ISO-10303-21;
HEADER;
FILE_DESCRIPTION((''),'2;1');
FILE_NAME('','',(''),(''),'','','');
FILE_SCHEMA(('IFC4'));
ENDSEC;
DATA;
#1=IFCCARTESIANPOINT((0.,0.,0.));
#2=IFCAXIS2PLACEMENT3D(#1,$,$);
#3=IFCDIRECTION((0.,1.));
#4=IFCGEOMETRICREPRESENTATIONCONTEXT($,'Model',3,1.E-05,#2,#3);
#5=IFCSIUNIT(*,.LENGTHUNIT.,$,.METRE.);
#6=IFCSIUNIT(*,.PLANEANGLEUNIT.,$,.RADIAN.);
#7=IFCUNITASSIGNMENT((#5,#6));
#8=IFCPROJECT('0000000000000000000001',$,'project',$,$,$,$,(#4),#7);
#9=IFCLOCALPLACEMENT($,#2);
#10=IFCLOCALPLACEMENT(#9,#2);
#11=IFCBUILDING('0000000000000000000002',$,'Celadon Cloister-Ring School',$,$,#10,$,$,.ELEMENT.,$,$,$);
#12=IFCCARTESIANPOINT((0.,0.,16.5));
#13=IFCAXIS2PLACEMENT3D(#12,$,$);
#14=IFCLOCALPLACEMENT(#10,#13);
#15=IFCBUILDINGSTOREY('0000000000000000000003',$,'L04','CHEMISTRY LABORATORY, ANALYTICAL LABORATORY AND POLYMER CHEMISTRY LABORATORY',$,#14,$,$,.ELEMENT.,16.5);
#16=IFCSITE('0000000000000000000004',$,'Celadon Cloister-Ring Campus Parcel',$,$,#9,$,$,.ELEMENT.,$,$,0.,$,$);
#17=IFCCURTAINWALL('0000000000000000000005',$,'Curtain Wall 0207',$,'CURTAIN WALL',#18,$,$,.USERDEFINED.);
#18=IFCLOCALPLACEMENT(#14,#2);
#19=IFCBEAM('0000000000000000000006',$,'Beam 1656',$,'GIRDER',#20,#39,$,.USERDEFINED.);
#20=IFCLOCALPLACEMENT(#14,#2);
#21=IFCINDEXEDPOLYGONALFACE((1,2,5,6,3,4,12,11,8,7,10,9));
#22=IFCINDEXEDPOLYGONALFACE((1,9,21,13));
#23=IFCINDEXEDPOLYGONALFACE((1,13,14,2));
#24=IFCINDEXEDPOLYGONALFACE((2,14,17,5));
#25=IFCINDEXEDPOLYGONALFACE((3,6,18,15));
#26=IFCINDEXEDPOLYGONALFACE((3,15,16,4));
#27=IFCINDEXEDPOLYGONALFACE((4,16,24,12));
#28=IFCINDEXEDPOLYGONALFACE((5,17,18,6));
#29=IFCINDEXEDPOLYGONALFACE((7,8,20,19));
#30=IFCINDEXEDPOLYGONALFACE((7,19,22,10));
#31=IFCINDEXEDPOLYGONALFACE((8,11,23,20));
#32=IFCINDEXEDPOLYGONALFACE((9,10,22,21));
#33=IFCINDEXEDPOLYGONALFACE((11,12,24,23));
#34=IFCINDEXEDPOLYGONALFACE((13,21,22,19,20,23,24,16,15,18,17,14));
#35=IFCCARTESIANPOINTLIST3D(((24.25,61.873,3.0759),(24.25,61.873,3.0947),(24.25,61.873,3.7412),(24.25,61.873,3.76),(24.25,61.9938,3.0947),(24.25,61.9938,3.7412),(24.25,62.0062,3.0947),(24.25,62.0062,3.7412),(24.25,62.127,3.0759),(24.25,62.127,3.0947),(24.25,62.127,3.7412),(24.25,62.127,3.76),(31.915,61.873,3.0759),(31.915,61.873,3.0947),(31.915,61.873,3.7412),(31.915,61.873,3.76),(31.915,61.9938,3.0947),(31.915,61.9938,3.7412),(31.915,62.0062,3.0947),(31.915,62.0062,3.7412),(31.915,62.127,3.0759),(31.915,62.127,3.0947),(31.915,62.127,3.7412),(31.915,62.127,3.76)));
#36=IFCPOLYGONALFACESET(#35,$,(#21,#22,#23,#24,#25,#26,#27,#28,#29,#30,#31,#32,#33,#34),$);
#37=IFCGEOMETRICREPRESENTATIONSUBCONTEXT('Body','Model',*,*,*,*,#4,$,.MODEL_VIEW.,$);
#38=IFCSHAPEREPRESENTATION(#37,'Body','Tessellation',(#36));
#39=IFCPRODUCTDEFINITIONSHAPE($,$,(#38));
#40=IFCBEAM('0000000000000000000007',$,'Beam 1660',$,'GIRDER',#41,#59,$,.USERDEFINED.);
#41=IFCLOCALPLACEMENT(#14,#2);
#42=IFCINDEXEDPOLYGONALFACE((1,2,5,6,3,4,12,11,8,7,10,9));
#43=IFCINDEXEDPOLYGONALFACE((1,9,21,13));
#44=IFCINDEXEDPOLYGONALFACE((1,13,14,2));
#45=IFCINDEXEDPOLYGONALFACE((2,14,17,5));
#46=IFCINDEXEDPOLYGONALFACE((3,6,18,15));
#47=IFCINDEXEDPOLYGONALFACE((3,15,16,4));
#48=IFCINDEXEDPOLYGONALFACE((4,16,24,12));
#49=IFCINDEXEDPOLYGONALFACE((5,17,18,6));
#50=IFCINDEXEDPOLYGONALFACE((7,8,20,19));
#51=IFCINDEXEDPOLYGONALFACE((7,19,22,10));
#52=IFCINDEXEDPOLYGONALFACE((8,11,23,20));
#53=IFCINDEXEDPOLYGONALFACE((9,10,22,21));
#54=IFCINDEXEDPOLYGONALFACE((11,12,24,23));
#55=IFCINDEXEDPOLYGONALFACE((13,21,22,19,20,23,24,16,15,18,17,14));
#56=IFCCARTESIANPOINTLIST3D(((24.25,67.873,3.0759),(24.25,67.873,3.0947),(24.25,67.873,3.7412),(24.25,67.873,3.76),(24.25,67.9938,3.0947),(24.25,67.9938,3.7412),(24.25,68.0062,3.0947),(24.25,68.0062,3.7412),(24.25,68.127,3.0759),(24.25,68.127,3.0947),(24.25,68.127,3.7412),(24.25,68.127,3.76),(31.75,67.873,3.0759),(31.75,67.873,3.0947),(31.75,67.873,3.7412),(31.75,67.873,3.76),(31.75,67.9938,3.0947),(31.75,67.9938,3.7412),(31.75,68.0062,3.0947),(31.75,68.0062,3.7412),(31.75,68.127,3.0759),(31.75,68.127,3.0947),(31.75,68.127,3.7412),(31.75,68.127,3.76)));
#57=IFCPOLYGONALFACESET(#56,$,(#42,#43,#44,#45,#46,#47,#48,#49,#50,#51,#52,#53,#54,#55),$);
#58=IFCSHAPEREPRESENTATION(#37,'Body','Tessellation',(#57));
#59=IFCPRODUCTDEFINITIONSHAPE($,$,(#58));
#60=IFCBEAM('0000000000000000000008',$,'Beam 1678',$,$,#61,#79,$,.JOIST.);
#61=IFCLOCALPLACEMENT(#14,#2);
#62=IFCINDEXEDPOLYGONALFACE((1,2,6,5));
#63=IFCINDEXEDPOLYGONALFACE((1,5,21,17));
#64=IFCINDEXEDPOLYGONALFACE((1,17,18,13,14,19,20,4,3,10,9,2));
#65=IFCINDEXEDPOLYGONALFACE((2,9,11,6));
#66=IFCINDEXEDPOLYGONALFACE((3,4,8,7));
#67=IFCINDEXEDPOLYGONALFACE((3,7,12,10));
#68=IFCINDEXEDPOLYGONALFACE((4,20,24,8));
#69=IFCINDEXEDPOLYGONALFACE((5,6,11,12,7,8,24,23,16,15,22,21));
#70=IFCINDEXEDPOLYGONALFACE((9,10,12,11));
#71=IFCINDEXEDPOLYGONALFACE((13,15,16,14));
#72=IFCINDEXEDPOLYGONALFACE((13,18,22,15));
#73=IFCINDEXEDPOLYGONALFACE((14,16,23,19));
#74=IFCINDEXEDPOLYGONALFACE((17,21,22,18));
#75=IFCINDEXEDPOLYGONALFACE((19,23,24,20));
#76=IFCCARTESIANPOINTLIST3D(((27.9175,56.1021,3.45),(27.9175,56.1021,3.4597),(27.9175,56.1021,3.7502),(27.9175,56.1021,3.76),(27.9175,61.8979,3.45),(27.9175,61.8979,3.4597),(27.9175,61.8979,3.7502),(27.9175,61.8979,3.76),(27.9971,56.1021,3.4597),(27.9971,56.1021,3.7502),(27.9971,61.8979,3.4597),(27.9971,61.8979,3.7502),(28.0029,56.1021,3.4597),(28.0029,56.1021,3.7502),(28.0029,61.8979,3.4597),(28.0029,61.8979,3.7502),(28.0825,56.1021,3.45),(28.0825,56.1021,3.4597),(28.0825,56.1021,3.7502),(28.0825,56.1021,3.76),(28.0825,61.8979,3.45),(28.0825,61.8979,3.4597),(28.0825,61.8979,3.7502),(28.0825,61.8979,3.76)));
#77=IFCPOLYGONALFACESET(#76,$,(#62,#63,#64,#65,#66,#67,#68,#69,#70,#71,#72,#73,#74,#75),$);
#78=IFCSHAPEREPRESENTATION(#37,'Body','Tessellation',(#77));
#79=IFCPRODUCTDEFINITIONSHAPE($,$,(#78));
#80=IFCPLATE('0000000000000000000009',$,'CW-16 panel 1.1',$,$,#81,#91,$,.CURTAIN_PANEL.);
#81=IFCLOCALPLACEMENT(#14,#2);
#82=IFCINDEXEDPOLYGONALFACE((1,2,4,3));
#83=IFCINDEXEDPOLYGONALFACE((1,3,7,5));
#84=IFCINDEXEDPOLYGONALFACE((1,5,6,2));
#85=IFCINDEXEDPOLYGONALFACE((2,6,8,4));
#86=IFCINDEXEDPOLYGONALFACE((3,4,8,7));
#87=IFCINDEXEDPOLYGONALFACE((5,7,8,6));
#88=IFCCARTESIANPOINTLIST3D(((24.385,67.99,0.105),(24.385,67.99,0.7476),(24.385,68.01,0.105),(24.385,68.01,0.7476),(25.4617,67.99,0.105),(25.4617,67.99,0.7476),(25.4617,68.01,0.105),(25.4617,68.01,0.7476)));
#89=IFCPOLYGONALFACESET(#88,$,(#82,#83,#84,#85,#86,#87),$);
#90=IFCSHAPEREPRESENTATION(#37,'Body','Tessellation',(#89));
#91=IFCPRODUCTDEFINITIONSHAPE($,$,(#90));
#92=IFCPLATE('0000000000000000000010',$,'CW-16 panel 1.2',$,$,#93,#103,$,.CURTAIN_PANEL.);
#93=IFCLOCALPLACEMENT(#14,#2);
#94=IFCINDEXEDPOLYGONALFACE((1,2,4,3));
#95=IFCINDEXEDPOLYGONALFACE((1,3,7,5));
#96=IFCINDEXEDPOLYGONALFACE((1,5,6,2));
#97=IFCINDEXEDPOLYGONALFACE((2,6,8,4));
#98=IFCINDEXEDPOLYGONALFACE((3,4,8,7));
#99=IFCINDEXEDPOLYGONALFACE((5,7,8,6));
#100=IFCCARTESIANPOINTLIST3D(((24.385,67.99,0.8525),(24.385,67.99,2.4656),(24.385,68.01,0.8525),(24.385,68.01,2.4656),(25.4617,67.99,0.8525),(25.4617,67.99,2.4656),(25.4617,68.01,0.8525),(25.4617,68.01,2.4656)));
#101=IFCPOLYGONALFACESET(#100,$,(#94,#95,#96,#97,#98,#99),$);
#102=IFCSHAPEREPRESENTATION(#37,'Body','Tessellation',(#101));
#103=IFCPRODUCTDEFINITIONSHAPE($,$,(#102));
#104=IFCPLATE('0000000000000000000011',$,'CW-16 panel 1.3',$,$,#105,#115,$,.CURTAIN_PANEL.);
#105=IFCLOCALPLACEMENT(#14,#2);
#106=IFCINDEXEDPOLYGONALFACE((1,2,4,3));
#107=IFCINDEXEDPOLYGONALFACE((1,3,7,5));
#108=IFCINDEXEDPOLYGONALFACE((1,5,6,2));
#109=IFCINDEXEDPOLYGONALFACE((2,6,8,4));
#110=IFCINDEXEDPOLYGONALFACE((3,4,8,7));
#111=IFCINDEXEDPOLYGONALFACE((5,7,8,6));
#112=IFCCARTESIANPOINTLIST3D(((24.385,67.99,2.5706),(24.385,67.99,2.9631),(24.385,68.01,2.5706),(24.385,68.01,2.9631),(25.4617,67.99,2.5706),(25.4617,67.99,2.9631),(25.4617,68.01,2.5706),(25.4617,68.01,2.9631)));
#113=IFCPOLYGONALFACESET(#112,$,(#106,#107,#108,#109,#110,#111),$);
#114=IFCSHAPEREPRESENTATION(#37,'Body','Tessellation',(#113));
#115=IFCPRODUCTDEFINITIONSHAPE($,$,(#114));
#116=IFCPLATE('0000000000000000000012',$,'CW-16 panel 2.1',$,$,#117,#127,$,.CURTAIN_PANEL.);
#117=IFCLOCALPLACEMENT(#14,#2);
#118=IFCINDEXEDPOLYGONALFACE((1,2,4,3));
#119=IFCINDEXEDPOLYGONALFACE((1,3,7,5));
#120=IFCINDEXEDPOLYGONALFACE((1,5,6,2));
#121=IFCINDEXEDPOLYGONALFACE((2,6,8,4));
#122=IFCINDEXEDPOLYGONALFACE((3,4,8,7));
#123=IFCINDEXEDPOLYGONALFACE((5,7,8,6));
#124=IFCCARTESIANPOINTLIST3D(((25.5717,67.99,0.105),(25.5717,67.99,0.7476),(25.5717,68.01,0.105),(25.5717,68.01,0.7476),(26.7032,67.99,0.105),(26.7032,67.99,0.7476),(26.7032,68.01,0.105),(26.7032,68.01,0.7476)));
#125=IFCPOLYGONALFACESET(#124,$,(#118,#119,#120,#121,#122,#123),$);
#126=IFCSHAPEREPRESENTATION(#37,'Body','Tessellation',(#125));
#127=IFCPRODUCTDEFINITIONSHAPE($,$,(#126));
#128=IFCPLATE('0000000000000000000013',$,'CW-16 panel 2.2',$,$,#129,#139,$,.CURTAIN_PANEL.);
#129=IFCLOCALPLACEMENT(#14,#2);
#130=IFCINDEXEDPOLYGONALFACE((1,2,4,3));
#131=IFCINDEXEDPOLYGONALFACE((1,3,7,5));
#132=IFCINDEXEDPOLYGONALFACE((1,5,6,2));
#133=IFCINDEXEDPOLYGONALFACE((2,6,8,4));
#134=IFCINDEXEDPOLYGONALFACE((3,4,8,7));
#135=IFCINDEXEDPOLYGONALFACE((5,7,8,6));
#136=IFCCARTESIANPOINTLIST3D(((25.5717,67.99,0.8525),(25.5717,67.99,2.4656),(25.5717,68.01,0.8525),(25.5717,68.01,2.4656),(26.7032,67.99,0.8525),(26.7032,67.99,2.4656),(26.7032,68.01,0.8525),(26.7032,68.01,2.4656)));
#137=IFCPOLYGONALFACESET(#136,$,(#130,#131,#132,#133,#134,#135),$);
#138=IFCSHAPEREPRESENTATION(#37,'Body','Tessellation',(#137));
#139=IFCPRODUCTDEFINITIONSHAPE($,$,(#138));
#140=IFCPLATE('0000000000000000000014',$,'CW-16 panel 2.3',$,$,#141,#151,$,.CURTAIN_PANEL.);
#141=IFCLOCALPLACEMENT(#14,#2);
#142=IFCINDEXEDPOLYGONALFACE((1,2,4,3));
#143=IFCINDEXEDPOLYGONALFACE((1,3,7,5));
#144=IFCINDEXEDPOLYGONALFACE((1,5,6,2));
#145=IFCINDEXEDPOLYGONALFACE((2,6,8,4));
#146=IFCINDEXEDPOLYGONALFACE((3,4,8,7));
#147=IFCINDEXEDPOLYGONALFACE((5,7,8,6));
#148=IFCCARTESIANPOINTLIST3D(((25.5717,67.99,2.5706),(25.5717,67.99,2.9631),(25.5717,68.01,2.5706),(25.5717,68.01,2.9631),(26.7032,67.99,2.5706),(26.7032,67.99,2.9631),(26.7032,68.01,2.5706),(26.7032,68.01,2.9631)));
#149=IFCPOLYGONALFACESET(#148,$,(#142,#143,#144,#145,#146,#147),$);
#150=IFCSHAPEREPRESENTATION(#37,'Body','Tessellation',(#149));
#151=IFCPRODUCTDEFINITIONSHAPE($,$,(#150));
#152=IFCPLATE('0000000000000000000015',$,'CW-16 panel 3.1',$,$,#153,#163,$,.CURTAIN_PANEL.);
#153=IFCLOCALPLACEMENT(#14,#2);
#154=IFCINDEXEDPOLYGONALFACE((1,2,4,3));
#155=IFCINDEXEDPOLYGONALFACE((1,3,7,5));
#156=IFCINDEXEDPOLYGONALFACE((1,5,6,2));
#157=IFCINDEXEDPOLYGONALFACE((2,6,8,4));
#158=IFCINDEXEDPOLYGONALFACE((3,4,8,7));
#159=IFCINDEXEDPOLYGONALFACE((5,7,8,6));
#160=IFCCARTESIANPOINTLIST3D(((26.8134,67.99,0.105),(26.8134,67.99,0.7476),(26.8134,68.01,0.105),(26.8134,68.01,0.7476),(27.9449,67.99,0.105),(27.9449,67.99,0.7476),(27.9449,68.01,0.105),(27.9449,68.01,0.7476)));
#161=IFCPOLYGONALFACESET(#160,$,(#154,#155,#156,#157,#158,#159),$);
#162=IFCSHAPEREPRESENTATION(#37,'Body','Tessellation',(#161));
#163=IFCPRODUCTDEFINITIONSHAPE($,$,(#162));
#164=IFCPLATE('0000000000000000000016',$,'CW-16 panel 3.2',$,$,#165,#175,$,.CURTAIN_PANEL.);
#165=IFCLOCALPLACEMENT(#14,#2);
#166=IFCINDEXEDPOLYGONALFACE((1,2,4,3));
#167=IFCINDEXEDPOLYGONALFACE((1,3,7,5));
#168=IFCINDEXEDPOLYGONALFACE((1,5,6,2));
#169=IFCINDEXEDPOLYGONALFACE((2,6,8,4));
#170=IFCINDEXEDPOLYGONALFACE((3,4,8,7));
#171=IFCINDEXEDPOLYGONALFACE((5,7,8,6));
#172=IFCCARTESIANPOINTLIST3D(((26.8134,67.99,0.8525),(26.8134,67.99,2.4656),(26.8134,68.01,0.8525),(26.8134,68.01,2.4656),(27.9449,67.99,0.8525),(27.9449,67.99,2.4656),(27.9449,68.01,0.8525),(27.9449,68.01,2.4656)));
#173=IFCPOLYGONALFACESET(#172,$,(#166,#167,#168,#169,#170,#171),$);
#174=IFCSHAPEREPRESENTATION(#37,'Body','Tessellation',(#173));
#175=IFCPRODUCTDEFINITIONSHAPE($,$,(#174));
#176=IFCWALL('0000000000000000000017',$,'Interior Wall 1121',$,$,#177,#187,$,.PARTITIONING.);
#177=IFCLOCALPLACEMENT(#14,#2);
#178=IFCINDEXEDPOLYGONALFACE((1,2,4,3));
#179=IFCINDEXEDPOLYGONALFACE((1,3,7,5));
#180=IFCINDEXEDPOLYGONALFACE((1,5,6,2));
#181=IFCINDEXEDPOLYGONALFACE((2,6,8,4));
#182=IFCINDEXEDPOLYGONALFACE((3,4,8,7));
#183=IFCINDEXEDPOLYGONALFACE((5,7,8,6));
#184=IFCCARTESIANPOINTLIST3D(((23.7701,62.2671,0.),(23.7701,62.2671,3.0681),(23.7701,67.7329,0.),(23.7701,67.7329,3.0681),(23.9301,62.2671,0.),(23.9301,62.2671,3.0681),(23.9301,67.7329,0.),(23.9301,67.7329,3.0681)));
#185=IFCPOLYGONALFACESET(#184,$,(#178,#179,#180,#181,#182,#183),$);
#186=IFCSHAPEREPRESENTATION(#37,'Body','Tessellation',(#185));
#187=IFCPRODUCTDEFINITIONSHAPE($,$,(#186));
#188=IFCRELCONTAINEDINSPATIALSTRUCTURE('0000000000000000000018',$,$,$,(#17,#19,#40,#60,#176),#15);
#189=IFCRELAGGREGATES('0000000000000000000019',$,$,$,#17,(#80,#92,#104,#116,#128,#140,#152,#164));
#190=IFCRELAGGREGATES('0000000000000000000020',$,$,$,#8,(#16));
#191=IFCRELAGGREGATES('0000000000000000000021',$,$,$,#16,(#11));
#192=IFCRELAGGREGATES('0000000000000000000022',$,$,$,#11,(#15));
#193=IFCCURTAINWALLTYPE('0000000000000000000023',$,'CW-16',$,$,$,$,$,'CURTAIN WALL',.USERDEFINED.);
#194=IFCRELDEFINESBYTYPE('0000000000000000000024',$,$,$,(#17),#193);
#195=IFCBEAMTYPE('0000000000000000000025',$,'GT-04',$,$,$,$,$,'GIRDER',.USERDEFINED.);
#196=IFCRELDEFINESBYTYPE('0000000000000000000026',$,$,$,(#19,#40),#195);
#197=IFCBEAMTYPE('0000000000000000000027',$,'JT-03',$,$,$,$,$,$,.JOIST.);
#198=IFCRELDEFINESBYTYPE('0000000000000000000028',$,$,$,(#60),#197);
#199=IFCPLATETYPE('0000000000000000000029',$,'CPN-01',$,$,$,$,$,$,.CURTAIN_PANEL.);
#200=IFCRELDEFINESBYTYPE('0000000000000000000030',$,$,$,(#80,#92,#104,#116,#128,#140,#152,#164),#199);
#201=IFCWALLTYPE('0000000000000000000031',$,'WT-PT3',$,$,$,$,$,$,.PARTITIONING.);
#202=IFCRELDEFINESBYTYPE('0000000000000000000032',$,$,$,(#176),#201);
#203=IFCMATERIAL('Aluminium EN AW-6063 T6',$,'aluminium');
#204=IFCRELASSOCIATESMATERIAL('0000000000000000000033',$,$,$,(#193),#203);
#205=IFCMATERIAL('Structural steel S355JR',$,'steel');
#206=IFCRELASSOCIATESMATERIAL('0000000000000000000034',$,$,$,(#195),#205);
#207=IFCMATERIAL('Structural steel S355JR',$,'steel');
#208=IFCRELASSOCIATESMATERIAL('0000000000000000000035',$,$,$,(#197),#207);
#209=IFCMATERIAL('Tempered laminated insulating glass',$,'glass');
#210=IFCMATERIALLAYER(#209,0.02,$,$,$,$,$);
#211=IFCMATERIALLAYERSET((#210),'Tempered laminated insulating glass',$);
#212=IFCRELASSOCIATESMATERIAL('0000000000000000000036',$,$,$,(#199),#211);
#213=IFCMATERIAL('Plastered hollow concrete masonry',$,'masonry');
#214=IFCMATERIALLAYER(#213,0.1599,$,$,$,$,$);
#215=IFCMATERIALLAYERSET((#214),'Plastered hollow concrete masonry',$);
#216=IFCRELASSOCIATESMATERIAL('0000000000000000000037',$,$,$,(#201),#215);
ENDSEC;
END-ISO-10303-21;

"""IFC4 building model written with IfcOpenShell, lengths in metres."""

from ifc_helpers import new_model, si_unit, direction, frame, frame_2d, origin, origin_2d, place, context, subcontext, project, spatial, rectangle, i_section, extrude, material, layer, layer_set, material_profile, profile_set, type_object, element, aggregate, save


model = new_model("IFC4")

# Units and contexts
model_context = context("Model", 3, precision=1e-05, world=origin(), true_north=direction((0.0, 1.0)))
body_context = subcontext(model_context, "Body", "Model", "MODEL_VIEW")
ifc_project = project(units=[si_unit("LENGTHUNIT", "METRE"), si_unit("PLANEANGLEUNIT", "RADIAN")], contexts=[model_context])

# Site, building, storey
site_placement = place(None, origin())
site = spatial("IfcSite", under=ifc_project, at=site_placement, Name="Celadon Cloister-Ring Campus Parcel", CompositionType="ELEMENT", RefElevation=0.0)
building_placement = place(site_placement, origin())
building = spatial("IfcBuilding", under=site, at=building_placement, Name="Celadon Cloister-Ring School", CompositionType="ELEMENT")
storey_placement = place(building_placement, frame((0.0, 0.0, 16.5)))
storey = spatial("IfcBuildingStorey", under=building, at=storey_placement, Name="L04", Description="CHEMISTRY LABORATORY, ANALYTICAL LABORATORY AND POLYMER CHEMISTRY LABORATORY", CompositionType="ELEMENT", Elevation=16.5)

# Curtain wall
ifc_material_1 = material(Name="Aluminium EN AW-6063 T6", Category="aluminium")
curtain_wall_type = type_object("IfcCurtainWallType", Name="CW-16", ElementType="CURTAIN WALL", PredefinedType="USERDEFINED", material=ifc_material_1)
curtain_wall_placement = place(storey_placement, origin())
curtain_wall = element("IfcCurtainWall", 1, at=curtain_wall_placement, inside=storey, type_object=curtain_wall_type, Name="Curtain Wall 0207", ObjectType="CURTAIN WALL", PredefinedType="USERDEFINED")

# Beams
ifc_material_2 = material(Name="Structural steel S355JR", Category="steel")
ifc_material_profile_1 = material_profile(ifc_material_2, i_section(OverallWidth=0.2539, OverallDepth=0.6841, WebThickness=0.0125, FlangeThickness=0.0188, at=origin_2d()), Name="W690X140")
ifc_profile_set_1 = profile_set([ifc_material_profile_1], Name="Structural steel S355JR")
beam_type_1 = type_object("IfcBeamType", Name="GT-04", ElementType="GIRDER", PredefinedType="USERDEFINED", material=ifc_profile_set_1)
beam_1_placement = place(storey_placement, frame((24.25, 62.0, 3.418), z_axis=(1.0, 0.0, 0.0), x_axis=(0.0, 1.0, 0.0)))
element("IfcBeam", 2, at=beam_1_placement, inside=storey, type_object=beam_type_1, Name="Beam 1656", ObjectType="GIRDER", PredefinedType="USERDEFINED", context=body_context, shape_type="SweptSolid", body=[
    extrude(i_section(OverallWidth=0.2539, OverallDepth=0.6841, WebThickness=0.0125, FlangeThickness=0.0188, at=origin_2d()), origin(), (0.0, 0.0, 1.0), 7.665),
])
beam_2_placement = place(storey_placement, frame((24.25, 68.0, 3.418), z_axis=(1.0, 0.0, 0.0), x_axis=(0.0, 1.0, 0.0)))
element("IfcBeam", 3, at=beam_2_placement, inside=storey, type_object=beam_type_1, Name="Beam 1660", ObjectType="GIRDER", PredefinedType="USERDEFINED", context=body_context, shape_type="SweptSolid", body=[
    extrude(i_section(OverallWidth=0.2539, OverallDepth=0.6841, WebThickness=0.0125, FlangeThickness=0.0188, at=origin_2d()), origin(), (0.0, 0.0, 1.0), 7.5),
])
ifc_material_3 = material(Name="Structural steel S355JR", Category="steel")
ifc_material_profile_2 = material_profile(ifc_material_3, i_section(OverallWidth=0.165, OverallDepth=0.3101, WebThickness=0.0059, FlangeThickness=0.0098, at=origin_2d()), Name="W310X39")
ifc_profile_set_2 = profile_set([ifc_material_profile_2], Name="Structural steel S355JR")
beam_type_2 = type_object("IfcBeamType", Name="JT-03", PredefinedType="JOIST", material=ifc_profile_set_2)
beam_3_placement = place(storey_placement, frame((28.0, 56.1021, 3.605), z_axis=(0.0, 1.0, 0.0), x_axis=(-1.0, 0.0, 0.0)))
element("IfcBeam", 4, at=beam_3_placement, inside=storey, type_object=beam_type_2, Name="Beam 1678", PredefinedType="JOIST", context=body_context, shape_type="SweptSolid", body=[
    extrude(i_section(OverallWidth=0.165, OverallDepth=0.3101, WebThickness=0.0059, FlangeThickness=0.0098, at=origin_2d()), origin(), (0.0, 0.0, 1.0), 5.7959),
])

# Plates
ifc_material_4 = material(Name="Tempered laminated insulating glass", Category="glass")
ifc_layer_1 = layer(ifc_material_4, 0.02)
ifc_layer_set_1 = layer_set([ifc_layer_1], Name="Tempered laminated insulating glass")
plate_type = type_object("IfcPlateType", Name="CPN-01", PredefinedType="CURTAIN_PANEL", material=ifc_layer_set_1)
plate_1_placement = place(storey_placement, frame((24.9233, 68.0, 0.105), z_axis=(0.0, 0.0, 1.0), x_axis=(1.0, 0.0, 0.0)))
plate_1 = element("IfcPlate", 5, at=plate_1_placement, type_object=plate_type, Name="CW-16 panel 1.1", PredefinedType="CURTAIN_PANEL", context=body_context, shape_type="SweptSolid", body=[
    extrude(rectangle(XDim=1.0767, YDim=0.02, at=origin_2d()), origin(), (0.0, 0.0, 1.0), 0.6426),
])
plate_2_placement = place(storey_placement, frame((24.9233, 68.0, 0.8525), z_axis=(0.0, 0.0, 1.0), x_axis=(1.0, 0.0, 0.0)))
plate_2 = element("IfcPlate", 6, at=plate_2_placement, type_object=plate_type, Name="CW-16 panel 1.2", PredefinedType="CURTAIN_PANEL", context=body_context, shape_type="SweptSolid", body=[
    extrude(rectangle(XDim=1.0767, YDim=0.02, at=origin_2d()), origin(), (0.0, 0.0, 1.0), 1.613),
])
plate_3_placement = place(storey_placement, frame((24.9233, 68.0, 2.5706), z_axis=(0.0, 0.0, 1.0), x_axis=(1.0, 0.0, 0.0)))
plate_3 = element("IfcPlate", 7, at=plate_3_placement, type_object=plate_type, Name="CW-16 panel 1.3", PredefinedType="CURTAIN_PANEL", context=body_context, shape_type="SweptSolid", body=[
    extrude(rectangle(XDim=1.0767, YDim=0.02, at=origin_2d()), origin(), (0.0, 0.0, 1.0), 0.3926),
])
plate_4_placement = place(storey_placement, frame((26.1375, 68.0, 0.105), z_axis=(0.0, 0.0, 1.0), x_axis=(1.0, 0.0, 0.0)))
plate_4 = element("IfcPlate", 8, at=plate_4_placement, type_object=plate_type, Name="CW-16 panel 2.1", PredefinedType="CURTAIN_PANEL", context=body_context, shape_type="SweptSolid", body=[
    extrude(rectangle(XDim=1.1316, YDim=0.02, at=origin_2d()), origin(), (0.0, 0.0, 1.0), 0.6426),
])
plate_5_placement = place(storey_placement, frame((26.1375, 68.0, 0.8525), z_axis=(0.0, 0.0, 1.0), x_axis=(1.0, 0.0, 0.0)))
plate_5 = element("IfcPlate", 9, at=plate_5_placement, type_object=plate_type, Name="CW-16 panel 2.2", PredefinedType="CURTAIN_PANEL", context=body_context, shape_type="SweptSolid", body=[
    extrude(rectangle(XDim=1.1316, YDim=0.02, at=origin_2d()), origin(), (0.0, 0.0, 1.0), 1.613),
])
plate_6_placement = place(storey_placement, frame((26.1375, 68.0, 2.5706), z_axis=(0.0, 0.0, 1.0), x_axis=(1.0, 0.0, 0.0)))
plate_6 = element("IfcPlate", 10, at=plate_6_placement, type_object=plate_type, Name="CW-16 panel 2.3", PredefinedType="CURTAIN_PANEL", context=body_context, shape_type="SweptSolid", body=[
    extrude(rectangle(XDim=1.1316, YDim=0.02, at=origin_2d()), origin(), (0.0, 0.0, 1.0), 0.3926),
])
plate_7_placement = place(storey_placement, frame((27.3792, 68.0, 0.105), z_axis=(0.0, 0.0, 1.0), x_axis=(1.0, 0.0, 0.0)))
plate_7 = element("IfcPlate", 11, at=plate_7_placement, type_object=plate_type, Name="CW-16 panel 3.1", PredefinedType="CURTAIN_PANEL", context=body_context, shape_type="SweptSolid", body=[
    extrude(rectangle(XDim=1.1316, YDim=0.02, at=origin_2d()), origin(), (0.0, 0.0, 1.0), 0.6426),
])
plate_8_placement = place(storey_placement, frame((27.3792, 68.0, 0.8525), z_axis=(0.0, 0.0, 1.0), x_axis=(1.0, 0.0, 0.0)))
plate_8 = element("IfcPlate", 12, at=plate_8_placement, type_object=plate_type, Name="CW-16 panel 3.2", PredefinedType="CURTAIN_PANEL", context=body_context, shape_type="SweptSolid", body=[
    extrude(rectangle(XDim=1.1316, YDim=0.02, at=origin_2d()), origin(), (0.0, 0.0, 1.0), 1.613),
])
aggregate(curtain_wall, [plate_1, plate_2, plate_3, plate_4, plate_5, plate_6, plate_7, plate_8])

# Wall
ifc_material_5 = material(Name="Plastered hollow concrete masonry", Category="masonry")
ifc_layer_2 = layer(ifc_material_5, 0.1599)
ifc_layer_set_2 = layer_set([ifc_layer_2], Name="Plastered hollow concrete masonry")
wall_type_1 = type_object("IfcWallType", Name="WT-PT3", PredefinedType="PARTITIONING", material=ifc_layer_set_2)
wall_1_placement = place(storey_placement, frame((23.8501, 67.7329, 0.0), z_axis=(0.0, 0.0, 1.0), x_axis=(0.0, -1.0, 0.0)))
element("IfcWall", 13, at=wall_1_placement, inside=storey, type_object=wall_type_1, Name="Interior Wall 1121", PredefinedType="PARTITIONING", context=body_context, shape_type="SweptSolid", body=[
    extrude(rectangle(XDim=5.4658, YDim=0.1599, at=frame_2d((2.7329, 0.0))), origin(), (0.0, 0.0, 1.0), 3.0681),
])

save(model, "model.ifc")
